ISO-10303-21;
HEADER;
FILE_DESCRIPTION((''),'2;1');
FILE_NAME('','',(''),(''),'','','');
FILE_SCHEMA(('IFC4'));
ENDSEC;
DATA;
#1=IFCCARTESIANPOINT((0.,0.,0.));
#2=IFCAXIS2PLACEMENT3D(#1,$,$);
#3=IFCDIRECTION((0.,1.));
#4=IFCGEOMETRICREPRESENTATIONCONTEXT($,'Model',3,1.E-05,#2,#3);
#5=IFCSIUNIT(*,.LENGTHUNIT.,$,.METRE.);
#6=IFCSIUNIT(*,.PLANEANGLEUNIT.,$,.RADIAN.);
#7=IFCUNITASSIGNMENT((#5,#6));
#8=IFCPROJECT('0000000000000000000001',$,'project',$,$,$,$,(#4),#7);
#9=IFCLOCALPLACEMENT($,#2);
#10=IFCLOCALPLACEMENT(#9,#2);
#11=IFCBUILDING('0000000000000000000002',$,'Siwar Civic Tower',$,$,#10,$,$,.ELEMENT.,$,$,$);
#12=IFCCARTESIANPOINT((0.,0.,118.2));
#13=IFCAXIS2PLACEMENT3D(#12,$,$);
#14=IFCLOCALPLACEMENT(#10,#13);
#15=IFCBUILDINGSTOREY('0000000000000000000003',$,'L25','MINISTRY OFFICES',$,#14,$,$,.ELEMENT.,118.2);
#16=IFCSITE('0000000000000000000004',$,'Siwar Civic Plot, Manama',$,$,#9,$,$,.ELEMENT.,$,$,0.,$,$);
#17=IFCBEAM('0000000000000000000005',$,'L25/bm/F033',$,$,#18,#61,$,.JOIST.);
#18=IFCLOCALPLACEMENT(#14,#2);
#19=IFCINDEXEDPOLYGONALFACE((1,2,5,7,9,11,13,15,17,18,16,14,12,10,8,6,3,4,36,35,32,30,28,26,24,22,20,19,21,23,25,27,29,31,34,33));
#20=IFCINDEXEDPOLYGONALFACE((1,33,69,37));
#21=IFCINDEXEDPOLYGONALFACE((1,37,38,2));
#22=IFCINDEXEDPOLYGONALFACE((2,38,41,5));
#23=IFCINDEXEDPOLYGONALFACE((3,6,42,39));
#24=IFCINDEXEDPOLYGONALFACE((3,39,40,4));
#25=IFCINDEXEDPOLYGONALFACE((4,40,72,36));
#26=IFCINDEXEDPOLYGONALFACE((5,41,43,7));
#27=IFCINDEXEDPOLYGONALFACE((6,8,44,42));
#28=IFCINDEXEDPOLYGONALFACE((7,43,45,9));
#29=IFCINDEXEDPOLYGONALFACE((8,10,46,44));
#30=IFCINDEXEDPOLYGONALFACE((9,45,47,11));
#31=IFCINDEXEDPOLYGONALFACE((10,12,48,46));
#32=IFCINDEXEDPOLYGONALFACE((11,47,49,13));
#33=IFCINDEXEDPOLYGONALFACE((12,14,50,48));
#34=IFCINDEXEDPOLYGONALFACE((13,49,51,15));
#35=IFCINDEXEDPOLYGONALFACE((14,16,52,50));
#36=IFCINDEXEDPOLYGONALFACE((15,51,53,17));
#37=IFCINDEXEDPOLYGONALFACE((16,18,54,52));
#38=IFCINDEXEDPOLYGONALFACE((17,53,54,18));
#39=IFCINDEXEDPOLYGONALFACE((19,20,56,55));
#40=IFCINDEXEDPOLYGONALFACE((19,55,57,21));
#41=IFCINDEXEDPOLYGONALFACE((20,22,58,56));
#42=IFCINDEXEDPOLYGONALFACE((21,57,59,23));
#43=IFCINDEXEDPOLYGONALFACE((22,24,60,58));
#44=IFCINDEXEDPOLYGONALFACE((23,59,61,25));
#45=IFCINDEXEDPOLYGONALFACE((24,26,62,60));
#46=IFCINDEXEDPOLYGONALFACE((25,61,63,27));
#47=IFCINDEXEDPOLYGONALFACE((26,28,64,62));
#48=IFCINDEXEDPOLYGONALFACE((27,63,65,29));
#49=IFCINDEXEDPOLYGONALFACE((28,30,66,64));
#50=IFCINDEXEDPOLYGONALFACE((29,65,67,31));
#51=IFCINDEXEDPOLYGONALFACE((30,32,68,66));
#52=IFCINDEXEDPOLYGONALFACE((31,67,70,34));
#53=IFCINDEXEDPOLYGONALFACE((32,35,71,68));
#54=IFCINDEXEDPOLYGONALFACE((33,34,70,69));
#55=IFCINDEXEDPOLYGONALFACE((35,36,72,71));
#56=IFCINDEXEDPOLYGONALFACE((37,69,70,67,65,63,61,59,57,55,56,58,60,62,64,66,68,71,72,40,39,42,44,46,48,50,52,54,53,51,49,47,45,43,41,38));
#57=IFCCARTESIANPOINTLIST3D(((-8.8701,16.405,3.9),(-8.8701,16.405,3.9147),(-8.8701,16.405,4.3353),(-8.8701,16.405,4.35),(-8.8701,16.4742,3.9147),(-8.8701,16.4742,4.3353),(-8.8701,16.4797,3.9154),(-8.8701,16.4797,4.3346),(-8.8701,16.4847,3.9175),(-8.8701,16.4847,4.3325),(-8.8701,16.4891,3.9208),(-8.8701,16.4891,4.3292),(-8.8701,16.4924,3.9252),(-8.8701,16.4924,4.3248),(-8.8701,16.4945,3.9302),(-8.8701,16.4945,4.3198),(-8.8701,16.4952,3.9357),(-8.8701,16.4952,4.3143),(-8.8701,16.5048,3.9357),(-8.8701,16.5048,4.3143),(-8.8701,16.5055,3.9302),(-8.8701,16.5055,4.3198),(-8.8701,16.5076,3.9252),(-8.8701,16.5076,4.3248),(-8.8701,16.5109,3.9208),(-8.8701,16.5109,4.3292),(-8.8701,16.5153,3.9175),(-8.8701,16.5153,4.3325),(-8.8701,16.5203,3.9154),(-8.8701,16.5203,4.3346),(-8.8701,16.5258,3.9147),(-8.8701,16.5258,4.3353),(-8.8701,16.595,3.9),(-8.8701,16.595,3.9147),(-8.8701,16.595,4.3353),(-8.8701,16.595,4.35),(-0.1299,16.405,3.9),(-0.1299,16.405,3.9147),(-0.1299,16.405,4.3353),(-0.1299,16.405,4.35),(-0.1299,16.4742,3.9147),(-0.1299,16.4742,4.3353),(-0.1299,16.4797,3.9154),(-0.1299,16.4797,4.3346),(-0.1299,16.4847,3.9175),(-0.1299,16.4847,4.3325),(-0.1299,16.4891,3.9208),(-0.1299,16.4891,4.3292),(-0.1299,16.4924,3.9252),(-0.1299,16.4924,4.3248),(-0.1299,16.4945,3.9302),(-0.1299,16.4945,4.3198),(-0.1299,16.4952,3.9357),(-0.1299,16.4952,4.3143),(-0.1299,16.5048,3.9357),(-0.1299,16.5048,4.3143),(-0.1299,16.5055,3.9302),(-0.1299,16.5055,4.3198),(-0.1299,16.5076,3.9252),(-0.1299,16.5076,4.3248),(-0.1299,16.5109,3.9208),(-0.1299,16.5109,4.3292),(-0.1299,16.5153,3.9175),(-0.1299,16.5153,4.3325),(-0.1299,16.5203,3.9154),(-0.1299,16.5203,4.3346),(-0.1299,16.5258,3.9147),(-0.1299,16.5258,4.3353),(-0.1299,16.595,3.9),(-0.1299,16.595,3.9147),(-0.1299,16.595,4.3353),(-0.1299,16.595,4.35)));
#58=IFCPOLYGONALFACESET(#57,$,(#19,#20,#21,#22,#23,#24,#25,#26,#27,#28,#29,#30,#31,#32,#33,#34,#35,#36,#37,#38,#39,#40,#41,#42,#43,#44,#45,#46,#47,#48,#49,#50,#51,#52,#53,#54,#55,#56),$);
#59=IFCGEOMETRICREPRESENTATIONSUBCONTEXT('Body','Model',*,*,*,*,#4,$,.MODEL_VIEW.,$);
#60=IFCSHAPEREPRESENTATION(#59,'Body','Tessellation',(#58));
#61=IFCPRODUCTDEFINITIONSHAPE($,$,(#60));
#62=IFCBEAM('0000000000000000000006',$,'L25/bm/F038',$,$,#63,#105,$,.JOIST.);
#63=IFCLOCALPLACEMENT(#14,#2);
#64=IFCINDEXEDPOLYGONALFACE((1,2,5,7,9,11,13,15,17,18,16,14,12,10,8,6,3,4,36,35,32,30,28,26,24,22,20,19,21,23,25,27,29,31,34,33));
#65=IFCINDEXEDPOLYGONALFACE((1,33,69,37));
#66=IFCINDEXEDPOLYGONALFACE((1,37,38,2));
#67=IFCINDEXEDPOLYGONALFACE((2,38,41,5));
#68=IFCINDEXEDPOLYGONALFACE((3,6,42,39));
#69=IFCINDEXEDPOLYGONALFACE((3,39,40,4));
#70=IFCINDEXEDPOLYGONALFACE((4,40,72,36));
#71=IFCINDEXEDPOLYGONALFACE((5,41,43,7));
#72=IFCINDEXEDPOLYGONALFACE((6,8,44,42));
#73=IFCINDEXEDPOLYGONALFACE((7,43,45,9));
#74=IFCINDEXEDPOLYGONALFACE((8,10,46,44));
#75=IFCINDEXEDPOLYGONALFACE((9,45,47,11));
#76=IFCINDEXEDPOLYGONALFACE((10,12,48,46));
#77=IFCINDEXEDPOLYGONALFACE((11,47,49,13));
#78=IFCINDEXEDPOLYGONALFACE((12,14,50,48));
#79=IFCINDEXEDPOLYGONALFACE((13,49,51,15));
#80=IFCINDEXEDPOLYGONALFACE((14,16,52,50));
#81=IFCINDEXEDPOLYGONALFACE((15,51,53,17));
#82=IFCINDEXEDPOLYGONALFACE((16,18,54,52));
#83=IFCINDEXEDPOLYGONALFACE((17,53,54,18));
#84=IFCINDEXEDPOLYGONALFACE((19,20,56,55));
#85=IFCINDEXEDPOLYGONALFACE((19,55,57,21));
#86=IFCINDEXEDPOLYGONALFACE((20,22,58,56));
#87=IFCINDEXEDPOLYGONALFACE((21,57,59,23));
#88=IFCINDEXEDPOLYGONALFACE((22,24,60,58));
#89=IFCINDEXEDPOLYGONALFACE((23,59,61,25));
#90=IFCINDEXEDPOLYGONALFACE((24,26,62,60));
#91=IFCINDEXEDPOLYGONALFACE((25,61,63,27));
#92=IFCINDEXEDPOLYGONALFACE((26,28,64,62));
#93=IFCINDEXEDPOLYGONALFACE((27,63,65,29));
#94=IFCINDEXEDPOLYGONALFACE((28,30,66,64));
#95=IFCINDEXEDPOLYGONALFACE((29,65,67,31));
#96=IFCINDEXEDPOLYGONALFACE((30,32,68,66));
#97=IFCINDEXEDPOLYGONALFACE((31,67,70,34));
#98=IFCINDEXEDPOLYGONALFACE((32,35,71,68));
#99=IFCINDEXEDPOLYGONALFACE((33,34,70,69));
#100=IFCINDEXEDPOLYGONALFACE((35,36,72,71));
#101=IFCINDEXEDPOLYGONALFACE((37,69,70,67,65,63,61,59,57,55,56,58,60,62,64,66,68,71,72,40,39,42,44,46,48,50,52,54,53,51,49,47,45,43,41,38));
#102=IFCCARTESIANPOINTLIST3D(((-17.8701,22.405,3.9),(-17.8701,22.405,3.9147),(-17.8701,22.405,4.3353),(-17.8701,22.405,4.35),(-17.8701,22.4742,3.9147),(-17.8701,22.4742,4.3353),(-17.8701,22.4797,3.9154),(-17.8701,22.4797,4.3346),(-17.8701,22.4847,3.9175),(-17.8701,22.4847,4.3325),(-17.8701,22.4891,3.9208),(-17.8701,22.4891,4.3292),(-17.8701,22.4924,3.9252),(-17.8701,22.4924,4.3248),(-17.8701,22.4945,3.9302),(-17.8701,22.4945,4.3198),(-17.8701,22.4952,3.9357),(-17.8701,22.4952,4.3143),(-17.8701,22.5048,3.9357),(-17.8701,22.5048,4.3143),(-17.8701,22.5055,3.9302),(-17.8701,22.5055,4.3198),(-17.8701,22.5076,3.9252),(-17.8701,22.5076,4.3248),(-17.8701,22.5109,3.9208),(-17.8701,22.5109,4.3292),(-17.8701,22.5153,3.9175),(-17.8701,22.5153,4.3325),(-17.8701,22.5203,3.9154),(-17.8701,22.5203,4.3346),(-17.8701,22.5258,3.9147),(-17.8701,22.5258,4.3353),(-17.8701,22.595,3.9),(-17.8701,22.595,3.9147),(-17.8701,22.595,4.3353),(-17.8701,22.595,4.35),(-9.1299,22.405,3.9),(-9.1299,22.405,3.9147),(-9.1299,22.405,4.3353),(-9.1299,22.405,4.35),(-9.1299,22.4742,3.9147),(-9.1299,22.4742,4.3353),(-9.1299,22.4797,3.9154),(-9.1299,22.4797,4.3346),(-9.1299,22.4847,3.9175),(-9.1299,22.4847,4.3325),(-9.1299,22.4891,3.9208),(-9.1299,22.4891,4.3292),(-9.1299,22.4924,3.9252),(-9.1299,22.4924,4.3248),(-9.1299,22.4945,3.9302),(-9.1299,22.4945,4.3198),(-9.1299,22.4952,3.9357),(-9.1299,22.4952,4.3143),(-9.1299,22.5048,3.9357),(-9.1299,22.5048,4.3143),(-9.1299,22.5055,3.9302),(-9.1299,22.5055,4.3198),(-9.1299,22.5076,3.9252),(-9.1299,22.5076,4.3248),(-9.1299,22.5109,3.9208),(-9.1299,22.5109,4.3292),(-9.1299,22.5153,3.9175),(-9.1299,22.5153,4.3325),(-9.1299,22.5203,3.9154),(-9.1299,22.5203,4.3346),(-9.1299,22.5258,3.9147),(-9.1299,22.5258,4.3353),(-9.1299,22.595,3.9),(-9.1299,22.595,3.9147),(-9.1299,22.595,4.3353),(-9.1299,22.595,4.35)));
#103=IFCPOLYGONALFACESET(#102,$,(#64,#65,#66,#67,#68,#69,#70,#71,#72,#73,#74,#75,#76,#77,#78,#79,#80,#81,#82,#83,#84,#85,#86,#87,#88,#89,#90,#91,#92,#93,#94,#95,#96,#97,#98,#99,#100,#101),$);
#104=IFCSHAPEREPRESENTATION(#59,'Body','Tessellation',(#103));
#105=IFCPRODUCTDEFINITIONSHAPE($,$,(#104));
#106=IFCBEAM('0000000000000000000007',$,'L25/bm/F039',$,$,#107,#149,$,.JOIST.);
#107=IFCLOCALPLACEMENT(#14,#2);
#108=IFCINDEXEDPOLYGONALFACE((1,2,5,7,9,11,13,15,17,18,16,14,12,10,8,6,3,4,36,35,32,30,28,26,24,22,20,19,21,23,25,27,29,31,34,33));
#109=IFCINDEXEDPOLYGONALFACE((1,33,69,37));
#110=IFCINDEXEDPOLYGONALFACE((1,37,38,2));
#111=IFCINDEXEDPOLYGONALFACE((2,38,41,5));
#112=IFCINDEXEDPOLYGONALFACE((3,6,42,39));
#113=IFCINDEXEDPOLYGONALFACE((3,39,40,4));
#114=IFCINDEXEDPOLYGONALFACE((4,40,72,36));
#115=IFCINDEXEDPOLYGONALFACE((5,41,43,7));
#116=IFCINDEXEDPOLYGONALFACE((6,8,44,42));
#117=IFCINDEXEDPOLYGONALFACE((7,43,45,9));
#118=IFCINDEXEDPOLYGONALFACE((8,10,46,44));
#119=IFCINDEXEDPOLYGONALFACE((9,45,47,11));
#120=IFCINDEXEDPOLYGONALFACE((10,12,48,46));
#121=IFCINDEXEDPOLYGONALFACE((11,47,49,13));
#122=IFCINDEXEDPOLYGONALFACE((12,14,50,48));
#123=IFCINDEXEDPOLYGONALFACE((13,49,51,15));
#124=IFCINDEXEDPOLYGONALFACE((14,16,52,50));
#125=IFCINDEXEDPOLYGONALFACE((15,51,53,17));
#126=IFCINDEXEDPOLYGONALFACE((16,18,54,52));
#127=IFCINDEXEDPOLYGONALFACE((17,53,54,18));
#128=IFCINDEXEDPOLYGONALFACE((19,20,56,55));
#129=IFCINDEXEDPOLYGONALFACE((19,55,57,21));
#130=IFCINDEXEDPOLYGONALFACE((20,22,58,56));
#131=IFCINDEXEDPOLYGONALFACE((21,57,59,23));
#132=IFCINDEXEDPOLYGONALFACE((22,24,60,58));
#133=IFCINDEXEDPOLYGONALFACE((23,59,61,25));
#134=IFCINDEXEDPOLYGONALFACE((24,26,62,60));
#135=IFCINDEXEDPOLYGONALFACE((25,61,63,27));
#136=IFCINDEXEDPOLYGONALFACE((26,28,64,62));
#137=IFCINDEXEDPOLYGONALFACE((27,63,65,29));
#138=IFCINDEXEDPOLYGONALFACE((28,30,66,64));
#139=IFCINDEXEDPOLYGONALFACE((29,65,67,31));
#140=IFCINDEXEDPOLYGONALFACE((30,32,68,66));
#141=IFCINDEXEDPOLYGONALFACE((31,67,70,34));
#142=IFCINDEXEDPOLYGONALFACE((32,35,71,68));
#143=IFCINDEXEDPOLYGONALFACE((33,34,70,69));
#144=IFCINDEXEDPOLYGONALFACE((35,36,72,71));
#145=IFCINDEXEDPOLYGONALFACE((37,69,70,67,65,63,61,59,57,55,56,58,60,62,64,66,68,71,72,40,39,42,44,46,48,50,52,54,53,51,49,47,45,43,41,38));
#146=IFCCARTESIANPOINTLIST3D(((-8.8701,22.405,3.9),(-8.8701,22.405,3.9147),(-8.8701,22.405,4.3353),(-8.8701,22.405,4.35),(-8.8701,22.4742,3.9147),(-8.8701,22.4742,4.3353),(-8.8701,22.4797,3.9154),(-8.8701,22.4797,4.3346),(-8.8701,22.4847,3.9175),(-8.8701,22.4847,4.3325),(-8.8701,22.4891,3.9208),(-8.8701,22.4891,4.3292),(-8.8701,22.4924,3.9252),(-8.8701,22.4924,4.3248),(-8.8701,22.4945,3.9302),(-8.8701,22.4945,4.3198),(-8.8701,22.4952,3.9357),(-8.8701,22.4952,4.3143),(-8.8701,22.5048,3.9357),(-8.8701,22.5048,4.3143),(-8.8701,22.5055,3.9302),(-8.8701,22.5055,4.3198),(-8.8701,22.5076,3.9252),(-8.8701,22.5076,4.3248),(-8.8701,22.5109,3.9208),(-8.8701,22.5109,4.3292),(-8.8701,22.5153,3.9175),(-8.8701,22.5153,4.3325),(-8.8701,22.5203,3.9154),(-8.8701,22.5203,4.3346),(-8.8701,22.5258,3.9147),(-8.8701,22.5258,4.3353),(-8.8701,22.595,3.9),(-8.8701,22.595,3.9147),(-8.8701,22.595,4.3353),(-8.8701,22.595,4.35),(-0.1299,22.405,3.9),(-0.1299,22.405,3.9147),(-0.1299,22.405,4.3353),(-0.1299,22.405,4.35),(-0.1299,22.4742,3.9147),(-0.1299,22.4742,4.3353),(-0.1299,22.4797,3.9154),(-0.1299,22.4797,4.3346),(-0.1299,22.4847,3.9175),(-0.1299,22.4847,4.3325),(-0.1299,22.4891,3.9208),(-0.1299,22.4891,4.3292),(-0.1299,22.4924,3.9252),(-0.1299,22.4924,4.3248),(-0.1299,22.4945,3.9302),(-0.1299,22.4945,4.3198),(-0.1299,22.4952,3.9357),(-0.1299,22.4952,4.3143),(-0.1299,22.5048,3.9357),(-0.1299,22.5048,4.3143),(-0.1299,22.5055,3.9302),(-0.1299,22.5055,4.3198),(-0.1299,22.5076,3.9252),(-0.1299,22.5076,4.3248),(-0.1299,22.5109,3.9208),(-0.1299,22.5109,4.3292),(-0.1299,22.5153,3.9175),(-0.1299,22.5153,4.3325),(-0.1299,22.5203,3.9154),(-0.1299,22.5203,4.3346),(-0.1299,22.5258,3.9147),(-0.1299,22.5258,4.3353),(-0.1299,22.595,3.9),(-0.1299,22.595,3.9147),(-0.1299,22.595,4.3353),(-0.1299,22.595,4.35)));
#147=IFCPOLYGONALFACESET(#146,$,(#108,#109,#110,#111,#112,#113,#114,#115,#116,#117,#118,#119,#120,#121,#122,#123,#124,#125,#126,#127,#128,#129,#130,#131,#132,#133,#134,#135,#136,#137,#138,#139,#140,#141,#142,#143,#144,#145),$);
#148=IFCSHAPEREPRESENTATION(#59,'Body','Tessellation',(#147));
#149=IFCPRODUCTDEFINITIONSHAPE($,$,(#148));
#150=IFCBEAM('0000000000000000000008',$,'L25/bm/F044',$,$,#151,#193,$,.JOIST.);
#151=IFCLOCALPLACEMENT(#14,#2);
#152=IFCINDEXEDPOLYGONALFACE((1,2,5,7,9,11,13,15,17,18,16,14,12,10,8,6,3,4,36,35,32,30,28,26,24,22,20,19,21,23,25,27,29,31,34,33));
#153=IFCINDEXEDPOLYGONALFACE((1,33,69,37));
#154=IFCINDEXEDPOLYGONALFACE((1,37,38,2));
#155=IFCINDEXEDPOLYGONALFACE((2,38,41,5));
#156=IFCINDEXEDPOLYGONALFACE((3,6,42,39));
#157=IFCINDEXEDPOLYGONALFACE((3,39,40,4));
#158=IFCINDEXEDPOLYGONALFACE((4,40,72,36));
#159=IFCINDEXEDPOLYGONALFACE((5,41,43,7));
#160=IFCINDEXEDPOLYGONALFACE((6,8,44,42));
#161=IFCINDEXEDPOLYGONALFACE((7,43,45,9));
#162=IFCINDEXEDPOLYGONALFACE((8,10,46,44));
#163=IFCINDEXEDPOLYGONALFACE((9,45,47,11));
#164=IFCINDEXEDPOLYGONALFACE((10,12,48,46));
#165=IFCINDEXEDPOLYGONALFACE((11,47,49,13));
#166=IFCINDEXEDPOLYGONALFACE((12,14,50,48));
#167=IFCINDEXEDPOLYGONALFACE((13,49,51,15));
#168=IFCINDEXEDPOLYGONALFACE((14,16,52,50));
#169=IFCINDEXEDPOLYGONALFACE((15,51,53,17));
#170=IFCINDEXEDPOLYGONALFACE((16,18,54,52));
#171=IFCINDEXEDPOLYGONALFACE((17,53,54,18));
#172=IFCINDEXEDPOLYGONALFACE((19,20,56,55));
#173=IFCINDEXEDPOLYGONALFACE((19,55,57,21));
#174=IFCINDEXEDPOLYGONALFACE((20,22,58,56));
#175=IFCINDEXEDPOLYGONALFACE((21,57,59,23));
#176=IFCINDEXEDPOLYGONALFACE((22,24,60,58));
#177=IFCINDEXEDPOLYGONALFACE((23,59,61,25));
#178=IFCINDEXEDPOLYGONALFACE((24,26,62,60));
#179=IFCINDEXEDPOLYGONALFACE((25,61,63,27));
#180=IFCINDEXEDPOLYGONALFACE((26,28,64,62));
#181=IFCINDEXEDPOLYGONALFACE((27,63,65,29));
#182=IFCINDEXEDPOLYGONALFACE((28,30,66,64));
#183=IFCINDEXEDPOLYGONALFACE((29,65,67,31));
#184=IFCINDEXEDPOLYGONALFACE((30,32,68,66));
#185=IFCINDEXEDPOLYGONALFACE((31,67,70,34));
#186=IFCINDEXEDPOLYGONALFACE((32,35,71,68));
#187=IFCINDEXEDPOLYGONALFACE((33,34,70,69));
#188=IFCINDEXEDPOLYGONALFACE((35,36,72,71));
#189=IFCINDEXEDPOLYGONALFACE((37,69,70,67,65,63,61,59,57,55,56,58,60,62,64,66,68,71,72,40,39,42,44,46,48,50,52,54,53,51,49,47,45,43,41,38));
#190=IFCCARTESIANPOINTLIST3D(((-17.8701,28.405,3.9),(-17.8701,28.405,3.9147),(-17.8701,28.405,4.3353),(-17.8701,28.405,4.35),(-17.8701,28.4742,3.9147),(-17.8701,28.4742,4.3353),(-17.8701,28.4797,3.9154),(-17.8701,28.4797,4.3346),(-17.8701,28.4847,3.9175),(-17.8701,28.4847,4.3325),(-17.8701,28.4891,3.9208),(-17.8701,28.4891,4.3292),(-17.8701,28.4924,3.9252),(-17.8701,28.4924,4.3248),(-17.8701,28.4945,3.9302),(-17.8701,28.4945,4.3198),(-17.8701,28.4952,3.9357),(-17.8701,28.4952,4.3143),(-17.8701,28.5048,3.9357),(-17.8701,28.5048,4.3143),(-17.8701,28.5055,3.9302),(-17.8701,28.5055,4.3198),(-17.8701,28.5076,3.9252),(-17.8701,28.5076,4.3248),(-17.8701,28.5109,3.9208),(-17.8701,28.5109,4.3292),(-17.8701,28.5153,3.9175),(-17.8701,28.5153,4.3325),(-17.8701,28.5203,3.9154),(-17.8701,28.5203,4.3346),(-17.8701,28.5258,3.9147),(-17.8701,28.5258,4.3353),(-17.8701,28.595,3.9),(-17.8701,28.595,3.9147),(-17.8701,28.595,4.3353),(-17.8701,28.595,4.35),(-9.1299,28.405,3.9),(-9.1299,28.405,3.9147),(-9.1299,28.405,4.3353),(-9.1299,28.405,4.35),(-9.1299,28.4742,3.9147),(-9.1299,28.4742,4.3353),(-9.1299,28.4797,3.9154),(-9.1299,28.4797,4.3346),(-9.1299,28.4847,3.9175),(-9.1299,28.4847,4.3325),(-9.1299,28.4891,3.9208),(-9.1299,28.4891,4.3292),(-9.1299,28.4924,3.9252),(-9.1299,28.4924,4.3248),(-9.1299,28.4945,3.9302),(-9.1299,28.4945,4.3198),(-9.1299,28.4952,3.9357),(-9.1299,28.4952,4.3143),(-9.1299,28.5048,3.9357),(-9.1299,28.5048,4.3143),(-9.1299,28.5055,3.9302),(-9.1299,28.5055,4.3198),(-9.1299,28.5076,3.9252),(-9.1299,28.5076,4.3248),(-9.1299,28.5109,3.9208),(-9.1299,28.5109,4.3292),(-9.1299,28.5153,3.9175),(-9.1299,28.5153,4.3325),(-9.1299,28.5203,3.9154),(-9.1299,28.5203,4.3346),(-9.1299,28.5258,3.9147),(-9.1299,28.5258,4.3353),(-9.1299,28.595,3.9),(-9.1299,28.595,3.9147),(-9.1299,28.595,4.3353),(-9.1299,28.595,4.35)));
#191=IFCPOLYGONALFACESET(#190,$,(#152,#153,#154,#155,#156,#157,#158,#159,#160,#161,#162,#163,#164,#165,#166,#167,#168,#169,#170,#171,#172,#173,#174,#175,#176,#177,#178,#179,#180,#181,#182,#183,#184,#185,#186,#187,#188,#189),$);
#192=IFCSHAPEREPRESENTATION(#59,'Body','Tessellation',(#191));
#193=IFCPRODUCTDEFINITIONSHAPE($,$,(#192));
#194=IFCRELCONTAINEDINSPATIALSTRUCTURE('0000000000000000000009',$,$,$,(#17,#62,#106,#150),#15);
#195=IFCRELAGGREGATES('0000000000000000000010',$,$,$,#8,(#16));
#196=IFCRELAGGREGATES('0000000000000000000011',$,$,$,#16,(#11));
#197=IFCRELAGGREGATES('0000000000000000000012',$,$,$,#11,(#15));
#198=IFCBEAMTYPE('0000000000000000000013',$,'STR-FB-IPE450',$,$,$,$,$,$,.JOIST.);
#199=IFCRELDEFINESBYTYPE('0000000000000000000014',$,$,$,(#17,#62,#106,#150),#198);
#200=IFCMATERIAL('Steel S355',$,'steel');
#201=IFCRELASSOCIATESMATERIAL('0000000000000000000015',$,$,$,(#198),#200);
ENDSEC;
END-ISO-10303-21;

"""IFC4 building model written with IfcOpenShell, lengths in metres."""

from ifc_helpers import new_model, si_unit, direction, frame, origin, origin_2d, place, context, subcontext, project, spatial, i_section, extrude, material, material_profile, profile_set, type_object, element, save


model = new_model("IFC4")

# Units and contexts
model_context = context("Model", 3, precision=1e-05, world=origin(), true_north=direction((0.0, 1.0)))
body_context = subcontext(model_context, "Body", "Model", "MODEL_VIEW")
ifc_project = project(units=[si_unit("LENGTHUNIT", "METRE"), si_unit("PLANEANGLEUNIT", "RADIAN")], contexts=[model_context])

# Site, building, storey
site_placement = place(None, origin())
site = spatial("IfcSite", under=ifc_project, at=site_placement, Name="Siwar Civic Plot, Manama", CompositionType="ELEMENT", RefElevation=0.0)
building_placement = place(site_placement, origin())
building = spatial("IfcBuilding", under=site, at=building_placement, Name="Siwar Civic Tower", CompositionType="ELEMENT")
storey_placement = place(building_placement, frame((0.0, 0.0, 118.2)))
storey = spatial("IfcBuildingStorey", under=building, at=storey_placement, Name="L25", Description="MINISTRY OFFICES", CompositionType="ELEMENT", Elevation=118.2)

# Beams
ifc_material_1 = material(Name="Steel S355", Category="steel")
ifc_material_profile_1 = material_profile(ifc_material_1, i_section(OverallWidth=0.1899, OverallDepth=0.45, WebThickness=0.0095, FlangeThickness=0.0146, FilletRadius=0.021, at=origin_2d()), Name="IPE450")
ifc_profile_set_1 = profile_set([ifc_material_profile_1], Name="Steel S355")
beam_type_1 = type_object("IfcBeamType", Name="STR-FB-IPE450", PredefinedType="JOIST", material=ifc_profile_set_1)
for number, where, z_axis, x_axis, name in (
    (1, (-8.8701, 16.5, 4.125), (1.0, 0.0, 0.0), (0.0, 1.0, 0.0), "L25/bm/F033"),
    (2, (-17.8701, 22.5, 4.125), (1.0, 0.0, 0.0), (0.0, 1.0, 0.0), "L25/bm/F038"),
    (3, (-8.8701, 22.5, 4.125), (1.0, 0.0, 0.0), (0.0, 1.0, 0.0), "L25/bm/F039"),
    (4, (-17.8701, 28.5, 4.125), (1.0, 0.0, 0.0), (0.0, 1.0, 0.0), "L25/bm/F044"),
):
    element("IfcBeam", number, at=place(storey_placement, frame(where, z_axis=z_axis, x_axis=x_axis)), inside=storey, type_object=beam_type_1, Name=name, PredefinedType="JOIST", context=body_context, shape_type="SweptSolid", body=[
        extrude(i_section(OverallWidth=0.1899, OverallDepth=0.45, WebThickness=0.0095, FlangeThickness=0.0146, FilletRadius=0.021, at=origin_2d()), origin(), (0.0, 0.0, 1.0), 8.7402),
    ])

save(model, "model.ifc")
